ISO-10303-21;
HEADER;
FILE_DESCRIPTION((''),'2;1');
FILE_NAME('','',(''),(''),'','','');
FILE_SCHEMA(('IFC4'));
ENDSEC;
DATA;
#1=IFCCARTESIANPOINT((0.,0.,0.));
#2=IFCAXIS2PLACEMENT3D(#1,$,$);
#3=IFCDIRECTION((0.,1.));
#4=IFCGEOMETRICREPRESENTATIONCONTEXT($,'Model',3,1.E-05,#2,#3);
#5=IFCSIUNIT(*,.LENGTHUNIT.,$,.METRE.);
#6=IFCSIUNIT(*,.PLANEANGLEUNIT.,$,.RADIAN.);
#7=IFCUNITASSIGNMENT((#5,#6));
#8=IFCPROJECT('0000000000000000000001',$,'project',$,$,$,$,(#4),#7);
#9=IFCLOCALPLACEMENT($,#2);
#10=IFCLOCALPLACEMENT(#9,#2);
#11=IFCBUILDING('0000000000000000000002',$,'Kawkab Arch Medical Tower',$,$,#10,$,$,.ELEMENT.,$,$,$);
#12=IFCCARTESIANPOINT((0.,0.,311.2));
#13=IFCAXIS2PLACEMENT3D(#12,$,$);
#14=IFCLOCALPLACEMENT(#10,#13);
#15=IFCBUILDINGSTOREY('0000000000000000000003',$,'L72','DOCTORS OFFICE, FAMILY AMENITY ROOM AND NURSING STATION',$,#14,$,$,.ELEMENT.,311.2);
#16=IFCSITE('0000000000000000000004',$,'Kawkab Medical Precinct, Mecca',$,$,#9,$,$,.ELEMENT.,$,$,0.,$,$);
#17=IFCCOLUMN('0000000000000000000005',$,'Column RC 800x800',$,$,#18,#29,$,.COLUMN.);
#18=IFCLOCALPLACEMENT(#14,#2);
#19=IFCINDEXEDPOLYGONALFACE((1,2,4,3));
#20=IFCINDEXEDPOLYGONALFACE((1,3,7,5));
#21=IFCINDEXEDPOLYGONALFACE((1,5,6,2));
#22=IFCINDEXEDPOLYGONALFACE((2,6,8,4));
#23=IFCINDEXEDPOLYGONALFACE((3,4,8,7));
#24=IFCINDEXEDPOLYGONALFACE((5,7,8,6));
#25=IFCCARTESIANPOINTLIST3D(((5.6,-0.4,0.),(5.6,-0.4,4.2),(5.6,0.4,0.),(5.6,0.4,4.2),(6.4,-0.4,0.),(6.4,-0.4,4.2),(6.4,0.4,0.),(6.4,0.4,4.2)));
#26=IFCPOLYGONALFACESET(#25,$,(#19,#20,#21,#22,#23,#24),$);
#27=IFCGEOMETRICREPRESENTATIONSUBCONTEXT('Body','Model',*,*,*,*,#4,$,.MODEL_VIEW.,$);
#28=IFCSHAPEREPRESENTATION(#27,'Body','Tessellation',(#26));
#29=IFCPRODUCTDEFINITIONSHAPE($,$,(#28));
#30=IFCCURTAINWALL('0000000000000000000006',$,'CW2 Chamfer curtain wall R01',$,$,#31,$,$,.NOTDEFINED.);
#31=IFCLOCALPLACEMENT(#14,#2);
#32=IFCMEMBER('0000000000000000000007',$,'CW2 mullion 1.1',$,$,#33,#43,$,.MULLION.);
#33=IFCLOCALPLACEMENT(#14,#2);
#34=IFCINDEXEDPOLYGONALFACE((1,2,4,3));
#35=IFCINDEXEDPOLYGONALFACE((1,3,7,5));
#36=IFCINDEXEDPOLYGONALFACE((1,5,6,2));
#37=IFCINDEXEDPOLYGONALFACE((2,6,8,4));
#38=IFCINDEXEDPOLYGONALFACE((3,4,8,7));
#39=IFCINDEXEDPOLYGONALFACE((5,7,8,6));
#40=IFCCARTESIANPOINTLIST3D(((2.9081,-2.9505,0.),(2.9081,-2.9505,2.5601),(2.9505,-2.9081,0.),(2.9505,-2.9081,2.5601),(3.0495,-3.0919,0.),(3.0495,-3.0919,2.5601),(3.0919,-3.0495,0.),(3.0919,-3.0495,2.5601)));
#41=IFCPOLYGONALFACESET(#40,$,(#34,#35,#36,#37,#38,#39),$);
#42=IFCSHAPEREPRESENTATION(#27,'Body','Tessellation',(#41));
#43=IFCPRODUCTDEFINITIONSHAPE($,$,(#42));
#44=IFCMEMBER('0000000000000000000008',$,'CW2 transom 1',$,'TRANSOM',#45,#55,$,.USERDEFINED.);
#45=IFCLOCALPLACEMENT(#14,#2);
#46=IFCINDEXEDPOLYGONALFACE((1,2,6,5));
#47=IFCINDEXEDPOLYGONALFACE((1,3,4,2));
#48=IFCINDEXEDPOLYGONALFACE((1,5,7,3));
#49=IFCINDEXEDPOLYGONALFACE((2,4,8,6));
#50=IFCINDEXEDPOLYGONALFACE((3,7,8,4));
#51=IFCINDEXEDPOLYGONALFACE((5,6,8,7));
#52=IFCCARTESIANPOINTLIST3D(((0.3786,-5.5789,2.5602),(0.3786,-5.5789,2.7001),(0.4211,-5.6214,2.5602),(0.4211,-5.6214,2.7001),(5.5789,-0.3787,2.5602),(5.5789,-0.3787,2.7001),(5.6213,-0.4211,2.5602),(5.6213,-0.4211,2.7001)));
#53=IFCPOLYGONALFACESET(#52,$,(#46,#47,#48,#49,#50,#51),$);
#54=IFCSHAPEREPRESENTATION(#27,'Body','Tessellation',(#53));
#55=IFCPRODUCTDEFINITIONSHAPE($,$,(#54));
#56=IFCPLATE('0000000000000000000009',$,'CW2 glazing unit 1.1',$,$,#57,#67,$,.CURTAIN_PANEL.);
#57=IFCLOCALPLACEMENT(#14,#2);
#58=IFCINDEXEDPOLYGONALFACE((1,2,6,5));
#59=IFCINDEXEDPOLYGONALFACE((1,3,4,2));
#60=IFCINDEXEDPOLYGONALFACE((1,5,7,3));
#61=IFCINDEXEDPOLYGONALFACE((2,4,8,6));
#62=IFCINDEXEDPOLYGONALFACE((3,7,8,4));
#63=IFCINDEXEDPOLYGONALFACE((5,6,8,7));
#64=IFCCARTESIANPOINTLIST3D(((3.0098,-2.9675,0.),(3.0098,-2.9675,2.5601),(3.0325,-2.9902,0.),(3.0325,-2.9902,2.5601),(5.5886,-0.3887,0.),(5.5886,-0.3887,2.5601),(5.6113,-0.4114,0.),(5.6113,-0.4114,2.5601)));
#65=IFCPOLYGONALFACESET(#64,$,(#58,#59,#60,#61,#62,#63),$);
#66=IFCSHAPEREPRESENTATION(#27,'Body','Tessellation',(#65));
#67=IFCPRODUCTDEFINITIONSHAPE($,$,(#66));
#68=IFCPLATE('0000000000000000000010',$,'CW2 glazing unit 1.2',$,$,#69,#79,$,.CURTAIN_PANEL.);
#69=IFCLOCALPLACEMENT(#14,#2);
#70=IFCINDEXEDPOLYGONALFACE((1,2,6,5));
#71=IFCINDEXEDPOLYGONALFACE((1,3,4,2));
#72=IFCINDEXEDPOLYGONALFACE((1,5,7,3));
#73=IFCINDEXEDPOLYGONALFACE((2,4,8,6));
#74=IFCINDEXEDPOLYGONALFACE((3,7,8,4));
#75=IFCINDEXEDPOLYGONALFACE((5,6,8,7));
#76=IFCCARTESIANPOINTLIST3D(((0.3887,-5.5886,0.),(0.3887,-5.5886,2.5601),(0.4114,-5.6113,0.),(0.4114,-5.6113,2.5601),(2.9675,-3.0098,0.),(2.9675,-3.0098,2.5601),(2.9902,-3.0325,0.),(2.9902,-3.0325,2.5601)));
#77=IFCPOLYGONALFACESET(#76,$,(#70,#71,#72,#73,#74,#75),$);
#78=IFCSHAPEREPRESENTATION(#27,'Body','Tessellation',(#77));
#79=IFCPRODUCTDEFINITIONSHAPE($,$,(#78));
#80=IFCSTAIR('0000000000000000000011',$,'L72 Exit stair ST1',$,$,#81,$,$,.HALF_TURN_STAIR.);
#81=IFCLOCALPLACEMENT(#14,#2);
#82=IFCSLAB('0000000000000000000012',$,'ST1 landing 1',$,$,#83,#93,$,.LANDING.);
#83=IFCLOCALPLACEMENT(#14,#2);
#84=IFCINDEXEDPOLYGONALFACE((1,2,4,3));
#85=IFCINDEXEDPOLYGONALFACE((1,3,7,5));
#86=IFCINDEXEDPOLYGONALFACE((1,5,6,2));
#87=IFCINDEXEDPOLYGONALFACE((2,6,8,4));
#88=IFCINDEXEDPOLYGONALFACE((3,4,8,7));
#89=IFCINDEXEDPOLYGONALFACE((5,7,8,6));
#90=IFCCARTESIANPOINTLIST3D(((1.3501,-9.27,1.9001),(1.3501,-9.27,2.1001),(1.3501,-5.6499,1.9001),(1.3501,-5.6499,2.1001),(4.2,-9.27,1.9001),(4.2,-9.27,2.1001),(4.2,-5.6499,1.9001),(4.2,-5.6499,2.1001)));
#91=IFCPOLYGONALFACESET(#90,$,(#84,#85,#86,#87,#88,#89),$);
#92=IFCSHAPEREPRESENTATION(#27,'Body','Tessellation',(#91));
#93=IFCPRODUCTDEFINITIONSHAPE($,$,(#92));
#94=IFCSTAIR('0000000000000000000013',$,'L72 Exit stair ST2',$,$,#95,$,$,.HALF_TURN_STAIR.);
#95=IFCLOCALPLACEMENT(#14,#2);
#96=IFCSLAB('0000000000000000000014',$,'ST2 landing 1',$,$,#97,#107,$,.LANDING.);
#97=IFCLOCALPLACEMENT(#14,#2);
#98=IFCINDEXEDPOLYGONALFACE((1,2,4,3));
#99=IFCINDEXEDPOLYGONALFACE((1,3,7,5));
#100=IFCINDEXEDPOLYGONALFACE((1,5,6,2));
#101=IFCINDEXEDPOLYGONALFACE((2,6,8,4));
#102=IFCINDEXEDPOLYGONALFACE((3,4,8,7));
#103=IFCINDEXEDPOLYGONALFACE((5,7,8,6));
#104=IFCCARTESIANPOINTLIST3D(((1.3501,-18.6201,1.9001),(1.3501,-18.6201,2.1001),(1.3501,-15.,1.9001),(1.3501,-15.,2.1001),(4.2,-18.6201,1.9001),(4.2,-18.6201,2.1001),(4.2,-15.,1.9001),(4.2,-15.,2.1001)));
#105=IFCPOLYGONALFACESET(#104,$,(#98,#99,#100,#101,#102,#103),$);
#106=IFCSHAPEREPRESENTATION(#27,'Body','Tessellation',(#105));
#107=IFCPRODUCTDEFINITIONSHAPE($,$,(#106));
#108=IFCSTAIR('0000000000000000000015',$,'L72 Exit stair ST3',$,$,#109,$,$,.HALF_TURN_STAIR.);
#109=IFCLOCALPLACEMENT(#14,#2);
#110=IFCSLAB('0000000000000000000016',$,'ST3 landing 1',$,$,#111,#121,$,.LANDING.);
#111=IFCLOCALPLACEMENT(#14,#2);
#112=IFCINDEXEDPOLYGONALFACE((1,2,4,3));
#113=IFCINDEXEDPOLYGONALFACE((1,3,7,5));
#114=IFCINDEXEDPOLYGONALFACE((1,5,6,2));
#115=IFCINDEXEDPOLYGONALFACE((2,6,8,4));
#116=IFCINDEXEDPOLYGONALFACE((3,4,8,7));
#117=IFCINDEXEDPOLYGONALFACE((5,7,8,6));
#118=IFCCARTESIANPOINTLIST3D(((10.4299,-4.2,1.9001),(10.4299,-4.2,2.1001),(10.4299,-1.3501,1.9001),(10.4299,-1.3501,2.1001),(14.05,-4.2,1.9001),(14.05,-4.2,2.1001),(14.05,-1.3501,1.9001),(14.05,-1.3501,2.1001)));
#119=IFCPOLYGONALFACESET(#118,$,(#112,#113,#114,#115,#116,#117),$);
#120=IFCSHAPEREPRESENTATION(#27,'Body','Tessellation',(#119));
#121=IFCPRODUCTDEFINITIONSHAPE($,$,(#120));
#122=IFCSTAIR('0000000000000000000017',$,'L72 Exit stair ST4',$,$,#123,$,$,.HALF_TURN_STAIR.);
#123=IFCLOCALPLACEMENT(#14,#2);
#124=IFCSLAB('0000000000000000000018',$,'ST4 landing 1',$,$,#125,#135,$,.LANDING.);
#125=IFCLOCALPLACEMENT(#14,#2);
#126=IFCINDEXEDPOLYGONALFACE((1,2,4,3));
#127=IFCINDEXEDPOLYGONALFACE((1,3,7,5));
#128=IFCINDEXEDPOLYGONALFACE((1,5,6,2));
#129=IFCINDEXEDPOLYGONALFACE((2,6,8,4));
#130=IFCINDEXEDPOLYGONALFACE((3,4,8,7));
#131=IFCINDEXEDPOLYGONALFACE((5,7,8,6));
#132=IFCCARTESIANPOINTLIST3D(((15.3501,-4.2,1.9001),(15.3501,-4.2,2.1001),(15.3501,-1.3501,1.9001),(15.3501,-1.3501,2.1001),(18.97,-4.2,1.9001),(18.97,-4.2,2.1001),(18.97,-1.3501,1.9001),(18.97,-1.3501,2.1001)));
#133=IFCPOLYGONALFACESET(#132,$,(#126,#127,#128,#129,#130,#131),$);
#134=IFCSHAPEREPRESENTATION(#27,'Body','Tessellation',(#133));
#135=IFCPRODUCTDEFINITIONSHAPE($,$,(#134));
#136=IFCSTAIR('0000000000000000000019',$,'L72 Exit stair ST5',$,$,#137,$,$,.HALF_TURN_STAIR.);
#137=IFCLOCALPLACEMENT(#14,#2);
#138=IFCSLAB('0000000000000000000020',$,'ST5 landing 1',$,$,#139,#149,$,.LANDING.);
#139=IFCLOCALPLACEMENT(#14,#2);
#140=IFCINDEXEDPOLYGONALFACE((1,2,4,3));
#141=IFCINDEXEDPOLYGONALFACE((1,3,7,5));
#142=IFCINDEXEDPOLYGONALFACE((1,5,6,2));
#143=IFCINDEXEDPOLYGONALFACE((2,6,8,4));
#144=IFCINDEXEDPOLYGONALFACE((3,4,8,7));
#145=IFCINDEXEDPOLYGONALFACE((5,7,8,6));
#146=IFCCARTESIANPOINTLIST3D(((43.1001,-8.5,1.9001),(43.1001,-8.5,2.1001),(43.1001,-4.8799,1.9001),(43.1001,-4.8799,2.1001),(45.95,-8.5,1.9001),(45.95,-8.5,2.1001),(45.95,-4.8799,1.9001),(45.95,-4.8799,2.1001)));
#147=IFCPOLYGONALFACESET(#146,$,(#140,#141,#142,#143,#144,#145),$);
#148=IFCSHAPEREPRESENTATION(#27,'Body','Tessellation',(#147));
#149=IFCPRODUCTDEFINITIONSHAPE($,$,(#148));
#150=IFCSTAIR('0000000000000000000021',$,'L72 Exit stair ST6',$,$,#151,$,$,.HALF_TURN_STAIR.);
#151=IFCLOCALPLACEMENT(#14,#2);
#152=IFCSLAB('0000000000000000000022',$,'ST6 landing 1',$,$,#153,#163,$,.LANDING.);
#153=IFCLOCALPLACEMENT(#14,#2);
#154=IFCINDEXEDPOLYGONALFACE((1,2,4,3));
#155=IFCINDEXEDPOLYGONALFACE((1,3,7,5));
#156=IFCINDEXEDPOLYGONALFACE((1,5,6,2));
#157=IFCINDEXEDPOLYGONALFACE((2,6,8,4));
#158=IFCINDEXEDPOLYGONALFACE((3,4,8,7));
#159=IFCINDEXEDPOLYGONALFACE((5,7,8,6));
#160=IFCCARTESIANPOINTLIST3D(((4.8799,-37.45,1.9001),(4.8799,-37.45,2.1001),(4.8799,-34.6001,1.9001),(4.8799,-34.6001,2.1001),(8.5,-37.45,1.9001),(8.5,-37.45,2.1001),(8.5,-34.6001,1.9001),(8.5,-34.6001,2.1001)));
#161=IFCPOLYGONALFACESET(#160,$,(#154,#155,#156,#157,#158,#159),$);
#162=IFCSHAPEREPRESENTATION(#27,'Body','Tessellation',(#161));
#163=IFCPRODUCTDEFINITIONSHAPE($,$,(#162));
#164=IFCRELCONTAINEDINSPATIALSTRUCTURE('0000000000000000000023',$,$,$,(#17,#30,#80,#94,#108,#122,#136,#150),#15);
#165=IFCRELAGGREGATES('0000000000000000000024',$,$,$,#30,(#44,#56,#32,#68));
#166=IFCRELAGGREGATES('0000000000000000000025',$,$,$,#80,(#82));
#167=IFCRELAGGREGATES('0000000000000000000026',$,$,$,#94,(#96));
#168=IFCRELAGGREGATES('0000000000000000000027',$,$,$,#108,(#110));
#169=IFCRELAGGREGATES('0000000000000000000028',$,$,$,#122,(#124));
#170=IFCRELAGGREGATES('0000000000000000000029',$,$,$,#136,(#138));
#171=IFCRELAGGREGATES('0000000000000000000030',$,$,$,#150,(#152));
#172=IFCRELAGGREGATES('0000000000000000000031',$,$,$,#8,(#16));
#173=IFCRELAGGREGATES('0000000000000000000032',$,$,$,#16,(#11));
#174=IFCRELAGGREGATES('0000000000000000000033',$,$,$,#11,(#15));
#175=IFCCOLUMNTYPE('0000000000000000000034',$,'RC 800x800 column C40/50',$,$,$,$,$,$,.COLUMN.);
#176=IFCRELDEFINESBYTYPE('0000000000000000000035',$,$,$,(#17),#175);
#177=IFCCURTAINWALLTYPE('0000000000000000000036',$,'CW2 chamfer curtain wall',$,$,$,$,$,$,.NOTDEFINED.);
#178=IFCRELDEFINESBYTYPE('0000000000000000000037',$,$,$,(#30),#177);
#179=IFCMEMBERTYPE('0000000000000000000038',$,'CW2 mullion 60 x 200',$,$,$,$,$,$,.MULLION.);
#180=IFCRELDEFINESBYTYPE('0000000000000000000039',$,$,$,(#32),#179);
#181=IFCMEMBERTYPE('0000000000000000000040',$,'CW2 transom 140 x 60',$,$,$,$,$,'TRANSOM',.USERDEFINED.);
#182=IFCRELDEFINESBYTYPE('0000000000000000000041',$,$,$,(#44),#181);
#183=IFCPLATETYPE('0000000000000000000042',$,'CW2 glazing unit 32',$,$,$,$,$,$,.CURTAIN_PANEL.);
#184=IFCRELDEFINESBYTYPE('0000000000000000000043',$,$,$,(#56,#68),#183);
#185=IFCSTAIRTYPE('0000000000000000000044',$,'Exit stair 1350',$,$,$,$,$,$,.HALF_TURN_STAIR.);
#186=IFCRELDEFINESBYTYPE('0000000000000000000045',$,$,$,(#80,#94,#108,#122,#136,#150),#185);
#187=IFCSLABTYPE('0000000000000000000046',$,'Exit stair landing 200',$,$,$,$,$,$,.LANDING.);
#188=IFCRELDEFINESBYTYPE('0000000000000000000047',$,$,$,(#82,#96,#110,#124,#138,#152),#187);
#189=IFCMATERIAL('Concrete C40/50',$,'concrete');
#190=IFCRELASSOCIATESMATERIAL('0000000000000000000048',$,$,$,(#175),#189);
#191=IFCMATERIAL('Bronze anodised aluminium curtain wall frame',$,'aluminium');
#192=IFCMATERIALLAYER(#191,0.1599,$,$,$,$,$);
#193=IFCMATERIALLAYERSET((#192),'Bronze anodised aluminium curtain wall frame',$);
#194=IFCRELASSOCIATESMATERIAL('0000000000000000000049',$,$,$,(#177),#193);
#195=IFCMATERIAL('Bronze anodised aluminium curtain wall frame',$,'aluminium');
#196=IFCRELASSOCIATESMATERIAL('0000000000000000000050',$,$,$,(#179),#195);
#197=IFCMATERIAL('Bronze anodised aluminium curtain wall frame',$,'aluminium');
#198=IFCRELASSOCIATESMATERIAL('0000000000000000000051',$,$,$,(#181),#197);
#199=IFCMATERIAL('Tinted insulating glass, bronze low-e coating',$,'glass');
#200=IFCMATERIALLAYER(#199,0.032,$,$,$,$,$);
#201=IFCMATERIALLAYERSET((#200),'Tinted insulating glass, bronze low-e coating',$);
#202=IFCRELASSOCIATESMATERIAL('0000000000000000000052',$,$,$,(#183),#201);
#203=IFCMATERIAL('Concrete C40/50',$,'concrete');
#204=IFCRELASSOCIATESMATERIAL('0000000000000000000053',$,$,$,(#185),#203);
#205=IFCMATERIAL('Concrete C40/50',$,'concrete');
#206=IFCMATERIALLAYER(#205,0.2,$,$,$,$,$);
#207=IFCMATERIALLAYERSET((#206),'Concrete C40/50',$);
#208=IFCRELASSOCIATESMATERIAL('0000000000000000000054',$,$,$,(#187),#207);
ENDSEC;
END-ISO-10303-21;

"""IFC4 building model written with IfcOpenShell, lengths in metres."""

from ifc_helpers import new_model, si_unit, direction, frame, origin, origin_2d, place, context, subcontext, project, spatial, polyline, rectangle, outline, extrude, material, layer, layer_set, material_profile, profile_set, type_object, element, aggregate, save


model = new_model("IFC4")

# Units and contexts
model_context = context("Model", 3, precision=1e-05, world=origin(), true_north=direction((0.0, 1.0)))
body_context = subcontext(model_context, "Body", "Model", "MODEL_VIEW")
ifc_project = project(units=[si_unit("LENGTHUNIT", "METRE"), si_unit("PLANEANGLEUNIT", "RADIAN")], contexts=[model_context])

# Site, building, storey
site_placement = place(None, origin())
site = spatial("IfcSite", under=ifc_project, at=site_placement, Name="Kawkab Medical Precinct, Mecca", CompositionType="ELEMENT", RefElevation=0.0)
building_placement = place(site_placement, origin())
building = spatial("IfcBuilding", under=site, at=building_placement, Name="Kawkab Arch Medical Tower", CompositionType="ELEMENT")
storey_placement = place(building_placement, frame((0.0, 0.0, 311.2)))
storey = spatial("IfcBuildingStorey", under=building, at=storey_placement, Name="L72", Description="DOCTORS OFFICE, FAMILY AMENITY ROOM AND NURSING STATION", CompositionType="ELEMENT", Elevation=311.2)

# Column
ifc_material_1 = material(Name="Concrete C40/50", Category="concrete")
ifc_material_profile_1 = material_profile(ifc_material_1, rectangle(XDim=0.8, YDim=0.8, at=origin_2d()), Name="RC 800x800")
ifc_profile_set_1 = profile_set([ifc_material_profile_1], Name="Concrete C40/50")
column_type = type_object("IfcColumnType", Name="RC 800x800 column C40/50", PredefinedType="COLUMN", material=ifc_profile_set_1)
column_placement = place(storey_placement, frame((6.0, 0.0, 0.0), z_axis=(0.0, 0.0, 1.0), x_axis=(1.0, 0.0, 0.0)))
element("IfcColumn", 1, at=column_placement, inside=storey, type_object=column_type, Name="Column RC 800x800", PredefinedType="COLUMN", context=body_context, shape_type="SweptSolid", body=[
    extrude(rectangle(XDim=0.8, YDim=0.8, at=origin_2d()), origin(), (0.0, 0.0, 1.0), 4.2),
])

# Curtain wall, members, plates
ifc_material_2 = material(Name="Bronze anodised aluminium curtain wall frame", Category="aluminium")
ifc_layer_1 = layer(ifc_material_2, 0.1599)
ifc_layer_set_1 = layer_set([ifc_layer_1], Name="Bronze anodised aluminium curtain wall frame")
curtain_wall_type = type_object("IfcCurtainWallType", Name="CW2 chamfer curtain wall", PredefinedType="NOTDEFINED", material=ifc_layer_set_1)
placement_1 = place(storey_placement, origin())
curtain_wall = element("IfcCurtainWall", 2, at=placement_1, inside=storey, type_object=curtain_wall_type, Name="CW2 Chamfer curtain wall R01", PredefinedType="NOTDEFINED")
ifc_material_3 = material(Name="Bronze anodised aluminium curtain wall frame", Category="aluminium")
ifc_material_profile_2 = material_profile(ifc_material_3, rectangle(XDim=0.2, YDim=0.0601, at=origin_2d()), Name="AL 60x200")
ifc_profile_set_2 = profile_set([ifc_material_profile_2], Name="Bronze anodised aluminium curtain wall frame")
member_type_1 = type_object("IfcMemberType", Name="CW2 mullion 60 x 200", PredefinedType="MULLION", material=ifc_profile_set_2)
member_1_placement = place(storey_placement, frame((3.0, -3.0, 0.0), z_axis=(0.0, 0.0, 1.0), x_axis=(0.707107, -0.707107, 0.0)))
member_1 = element("IfcMember", 3, at=member_1_placement, type_object=member_type_1, Name="CW2 mullion 1.1", PredefinedType="MULLION", context=body_context, shape_type="SweptSolid", body=[
    extrude(rectangle(XDim=0.2, YDim=0.0601, at=origin_2d()), origin(), (0.0, 0.0, 1.0), 2.5601),
])
ifc_material_4 = material(Name="Bronze anodised aluminium curtain wall frame", Category="aluminium")
ifc_material_profile_3 = material_profile(ifc_material_4, rectangle(XDim=0.0601, YDim=0.1399, at=origin_2d()), Name="AL 60x140")
ifc_profile_set_3 = profile_set([ifc_material_profile_3], Name="Bronze anodised aluminium curtain wall frame")
member_type_2 = type_object("IfcMemberType", Name="CW2 transom 140 x 60", ElementType="TRANSOM", PredefinedType="USERDEFINED", material=ifc_profile_set_3)
member_2_placement = place(storey_placement, frame((5.6001, -0.3999, 2.6301), z_axis=(-0.707107, -0.707107, 0.0), x_axis=(0.707107, -0.707107, 0.0)))
member_2 = element("IfcMember", 4, at=member_2_placement, type_object=member_type_2, Name="CW2 transom 1", ObjectType="TRANSOM", PredefinedType="USERDEFINED", context=body_context, shape_type="SweptSolid", body=[
    extrude(rectangle(XDim=0.0601, YDim=0.1399, at=origin_2d()), origin(), (0.0, 0.0, 1.0), 7.3542),
])
ifc_material_5 = material(Name="Tinted insulating glass, bronze low-e coating", Category="glass")
ifc_layer_2 = layer(ifc_material_5, 0.032)
ifc_layer_set_2 = layer_set([ifc_layer_2], Name="Tinted insulating glass, bronze low-e coating")
plate_type = type_object("IfcPlateType", Name="CW2 glazing unit 32", PredefinedType="CURTAIN_PANEL", material=ifc_layer_set_2)
plate_1_placement = place(storey_placement, frame((4.3105, -1.6895, 0.0), z_axis=(0.0, 0.0, 1.0), x_axis=(-0.707107, -0.707107, 0.0)))
plate_1 = element("IfcPlate", 5, at=plate_1_placement, type_object=plate_type, Name="CW2 glazing unit 1.1", PredefinedType="CURTAIN_PANEL", context=body_context, shape_type="SweptSolid", body=[
    extrude(rectangle(XDim=3.647, YDim=0.032, at=origin_2d()), origin(), (0.0, 0.0, 1.0), 2.5601),
])
plate_2_placement = place(storey_placement, frame((1.6895, -4.3105, 0.0), z_axis=(0.0, 0.0, 1.0), x_axis=(-0.707107, -0.707107, 0.0)))
plate_2 = element("IfcPlate", 6, at=plate_2_placement, type_object=plate_type, Name="CW2 glazing unit 1.2", PredefinedType="CURTAIN_PANEL", context=body_context, shape_type="SweptSolid", body=[
    extrude(rectangle(XDim=3.647, YDim=0.032, at=origin_2d()), origin(), (0.0, 0.0, 1.0), 2.5601),
])
aggregate(curtain_wall, [member_2, plate_1, member_1, plate_2])

# Stairs, slabs
ifc_material_6 = material(Name="Concrete C40/50", Category="concrete")
stair_type = type_object("IfcStairType", Name="Exit stair 1350", PredefinedType="HALF_TURN_STAIR", material=ifc_material_6)
stair_1 = element("IfcStair", 7, at=placement_1, inside=storey, type_object=stair_type, Name="L72 Exit stair ST1", PredefinedType="HALF_TURN_STAIR")
ifc_material_7 = material(Name="Concrete C40/50", Category="concrete")
ifc_layer_3 = layer(ifc_material_7, 0.2)
ifc_layer_set_3 = layer_set([ifc_layer_3], Name="Concrete C40/50")
slab_type_1 = type_object("IfcSlabType", Name="Exit stair landing 200", PredefinedType="LANDING", material=ifc_layer_set_3)
placement_2 = place(storey_placement, frame((0.0, 0.0, 1.9001)))
slab_1 = element("IfcSlab", 8, at=placement_2, type_object=slab_type_1, Name="ST1 landing 1", PredefinedType="LANDING", context=body_context, shape_type="SweptSolid", body=[
    extrude(outline(polyline([(4.2, -9.27), (4.2, -5.6499), (1.3501, -5.6499), (1.3501, -9.27), (4.2, -9.27)])), origin(), (0.0, 0.0, 1.0), 0.2),
])
aggregate(stair_1, [slab_1])
stair_2 = element("IfcStair", 9, at=placement_1, inside=storey, type_object=stair_type, Name="L72 Exit stair ST2", PredefinedType="HALF_TURN_STAIR")
slab_2 = element("IfcSlab", 10, at=placement_2, type_object=slab_type_1, Name="ST2 landing 1", PredefinedType="LANDING", context=body_context, shape_type="SweptSolid", body=[
    extrude(outline(polyline([(4.2, -18.6201), (4.2, -15.0), (1.3501, -15.0), (1.3501, -18.6201), (4.2, -18.6201)])), origin(), (0.0, 0.0, 1.0), 0.2),
])
aggregate(stair_2, [slab_2])
stair_3 = element("IfcStair", 11, at=placement_1, inside=storey, type_object=stair_type, Name="L72 Exit stair ST3", PredefinedType="HALF_TURN_STAIR")
slab_3 = element("IfcSlab", 12, at=placement_2, type_object=slab_type_1, Name="ST3 landing 1", PredefinedType="LANDING", context=body_context, shape_type="SweptSolid", body=[
    extrude(outline(polyline([(10.4299, -4.2), (14.05, -4.2), (14.05, -1.3501), (10.4299, -1.3501), (10.4299, -4.2)])), origin(), (0.0, 0.0, 1.0), 0.2),
])
aggregate(stair_3, [slab_3])
stair_4 = element("IfcStair", 13, at=placement_1, inside=storey, type_object=stair_type, Name="L72 Exit stair ST4", PredefinedType="HALF_TURN_STAIR")
slab_4 = element("IfcSlab", 14, at=placement_2, type_object=slab_type_1, Name="ST4 landing 1", PredefinedType="LANDING", context=body_context, shape_type="SweptSolid", body=[
    extrude(outline(polyline([(18.97, -1.3501), (15.3501, -1.3501), (15.3501, -4.2), (18.97, -4.2), (18.97, -1.3501)])), origin(), (0.0, 0.0, 1.0), 0.2),
])
aggregate(stair_4, [slab_4])
stair_5 = element("IfcStair", 15, at=placement_1, inside=storey, type_object=stair_type, Name="L72 Exit stair ST5", PredefinedType="HALF_TURN_STAIR")
slab_5 = element("IfcSlab", 16, at=placement_2, type_object=slab_type_1, Name="ST5 landing 1", PredefinedType="LANDING", context=body_context, shape_type="SweptSolid", body=[
    extrude(outline(polyline([(43.1001, -4.8799), (43.1001, -8.5), (45.95, -8.5), (45.95, -4.8799), (43.1001, -4.8799)])), origin(), (0.0, 0.0, 1.0), 0.2),
])
aggregate(stair_5, [slab_5])
stair_6 = element("IfcStair", 17, at=placement_1, inside=storey, type_object=stair_type, Name="L72 Exit stair ST6", PredefinedType="HALF_TURN_STAIR")
slab_6 = element("IfcSlab", 18, at=placement_2, type_object=slab_type_1, Name="ST6 landing 1", PredefinedType="LANDING", context=body_context, shape_type="SweptSolid", body=[
    extrude(outline(polyline([(4.8799, -37.45), (8.5, -37.45), (8.5, -34.6001), (4.8799, -34.6001), (4.8799, -37.45)])), origin(), (0.0, 0.0, 1.0), 0.2),
])
aggregate(stair_6, [slab_6])

save(model, "model.ifc")
